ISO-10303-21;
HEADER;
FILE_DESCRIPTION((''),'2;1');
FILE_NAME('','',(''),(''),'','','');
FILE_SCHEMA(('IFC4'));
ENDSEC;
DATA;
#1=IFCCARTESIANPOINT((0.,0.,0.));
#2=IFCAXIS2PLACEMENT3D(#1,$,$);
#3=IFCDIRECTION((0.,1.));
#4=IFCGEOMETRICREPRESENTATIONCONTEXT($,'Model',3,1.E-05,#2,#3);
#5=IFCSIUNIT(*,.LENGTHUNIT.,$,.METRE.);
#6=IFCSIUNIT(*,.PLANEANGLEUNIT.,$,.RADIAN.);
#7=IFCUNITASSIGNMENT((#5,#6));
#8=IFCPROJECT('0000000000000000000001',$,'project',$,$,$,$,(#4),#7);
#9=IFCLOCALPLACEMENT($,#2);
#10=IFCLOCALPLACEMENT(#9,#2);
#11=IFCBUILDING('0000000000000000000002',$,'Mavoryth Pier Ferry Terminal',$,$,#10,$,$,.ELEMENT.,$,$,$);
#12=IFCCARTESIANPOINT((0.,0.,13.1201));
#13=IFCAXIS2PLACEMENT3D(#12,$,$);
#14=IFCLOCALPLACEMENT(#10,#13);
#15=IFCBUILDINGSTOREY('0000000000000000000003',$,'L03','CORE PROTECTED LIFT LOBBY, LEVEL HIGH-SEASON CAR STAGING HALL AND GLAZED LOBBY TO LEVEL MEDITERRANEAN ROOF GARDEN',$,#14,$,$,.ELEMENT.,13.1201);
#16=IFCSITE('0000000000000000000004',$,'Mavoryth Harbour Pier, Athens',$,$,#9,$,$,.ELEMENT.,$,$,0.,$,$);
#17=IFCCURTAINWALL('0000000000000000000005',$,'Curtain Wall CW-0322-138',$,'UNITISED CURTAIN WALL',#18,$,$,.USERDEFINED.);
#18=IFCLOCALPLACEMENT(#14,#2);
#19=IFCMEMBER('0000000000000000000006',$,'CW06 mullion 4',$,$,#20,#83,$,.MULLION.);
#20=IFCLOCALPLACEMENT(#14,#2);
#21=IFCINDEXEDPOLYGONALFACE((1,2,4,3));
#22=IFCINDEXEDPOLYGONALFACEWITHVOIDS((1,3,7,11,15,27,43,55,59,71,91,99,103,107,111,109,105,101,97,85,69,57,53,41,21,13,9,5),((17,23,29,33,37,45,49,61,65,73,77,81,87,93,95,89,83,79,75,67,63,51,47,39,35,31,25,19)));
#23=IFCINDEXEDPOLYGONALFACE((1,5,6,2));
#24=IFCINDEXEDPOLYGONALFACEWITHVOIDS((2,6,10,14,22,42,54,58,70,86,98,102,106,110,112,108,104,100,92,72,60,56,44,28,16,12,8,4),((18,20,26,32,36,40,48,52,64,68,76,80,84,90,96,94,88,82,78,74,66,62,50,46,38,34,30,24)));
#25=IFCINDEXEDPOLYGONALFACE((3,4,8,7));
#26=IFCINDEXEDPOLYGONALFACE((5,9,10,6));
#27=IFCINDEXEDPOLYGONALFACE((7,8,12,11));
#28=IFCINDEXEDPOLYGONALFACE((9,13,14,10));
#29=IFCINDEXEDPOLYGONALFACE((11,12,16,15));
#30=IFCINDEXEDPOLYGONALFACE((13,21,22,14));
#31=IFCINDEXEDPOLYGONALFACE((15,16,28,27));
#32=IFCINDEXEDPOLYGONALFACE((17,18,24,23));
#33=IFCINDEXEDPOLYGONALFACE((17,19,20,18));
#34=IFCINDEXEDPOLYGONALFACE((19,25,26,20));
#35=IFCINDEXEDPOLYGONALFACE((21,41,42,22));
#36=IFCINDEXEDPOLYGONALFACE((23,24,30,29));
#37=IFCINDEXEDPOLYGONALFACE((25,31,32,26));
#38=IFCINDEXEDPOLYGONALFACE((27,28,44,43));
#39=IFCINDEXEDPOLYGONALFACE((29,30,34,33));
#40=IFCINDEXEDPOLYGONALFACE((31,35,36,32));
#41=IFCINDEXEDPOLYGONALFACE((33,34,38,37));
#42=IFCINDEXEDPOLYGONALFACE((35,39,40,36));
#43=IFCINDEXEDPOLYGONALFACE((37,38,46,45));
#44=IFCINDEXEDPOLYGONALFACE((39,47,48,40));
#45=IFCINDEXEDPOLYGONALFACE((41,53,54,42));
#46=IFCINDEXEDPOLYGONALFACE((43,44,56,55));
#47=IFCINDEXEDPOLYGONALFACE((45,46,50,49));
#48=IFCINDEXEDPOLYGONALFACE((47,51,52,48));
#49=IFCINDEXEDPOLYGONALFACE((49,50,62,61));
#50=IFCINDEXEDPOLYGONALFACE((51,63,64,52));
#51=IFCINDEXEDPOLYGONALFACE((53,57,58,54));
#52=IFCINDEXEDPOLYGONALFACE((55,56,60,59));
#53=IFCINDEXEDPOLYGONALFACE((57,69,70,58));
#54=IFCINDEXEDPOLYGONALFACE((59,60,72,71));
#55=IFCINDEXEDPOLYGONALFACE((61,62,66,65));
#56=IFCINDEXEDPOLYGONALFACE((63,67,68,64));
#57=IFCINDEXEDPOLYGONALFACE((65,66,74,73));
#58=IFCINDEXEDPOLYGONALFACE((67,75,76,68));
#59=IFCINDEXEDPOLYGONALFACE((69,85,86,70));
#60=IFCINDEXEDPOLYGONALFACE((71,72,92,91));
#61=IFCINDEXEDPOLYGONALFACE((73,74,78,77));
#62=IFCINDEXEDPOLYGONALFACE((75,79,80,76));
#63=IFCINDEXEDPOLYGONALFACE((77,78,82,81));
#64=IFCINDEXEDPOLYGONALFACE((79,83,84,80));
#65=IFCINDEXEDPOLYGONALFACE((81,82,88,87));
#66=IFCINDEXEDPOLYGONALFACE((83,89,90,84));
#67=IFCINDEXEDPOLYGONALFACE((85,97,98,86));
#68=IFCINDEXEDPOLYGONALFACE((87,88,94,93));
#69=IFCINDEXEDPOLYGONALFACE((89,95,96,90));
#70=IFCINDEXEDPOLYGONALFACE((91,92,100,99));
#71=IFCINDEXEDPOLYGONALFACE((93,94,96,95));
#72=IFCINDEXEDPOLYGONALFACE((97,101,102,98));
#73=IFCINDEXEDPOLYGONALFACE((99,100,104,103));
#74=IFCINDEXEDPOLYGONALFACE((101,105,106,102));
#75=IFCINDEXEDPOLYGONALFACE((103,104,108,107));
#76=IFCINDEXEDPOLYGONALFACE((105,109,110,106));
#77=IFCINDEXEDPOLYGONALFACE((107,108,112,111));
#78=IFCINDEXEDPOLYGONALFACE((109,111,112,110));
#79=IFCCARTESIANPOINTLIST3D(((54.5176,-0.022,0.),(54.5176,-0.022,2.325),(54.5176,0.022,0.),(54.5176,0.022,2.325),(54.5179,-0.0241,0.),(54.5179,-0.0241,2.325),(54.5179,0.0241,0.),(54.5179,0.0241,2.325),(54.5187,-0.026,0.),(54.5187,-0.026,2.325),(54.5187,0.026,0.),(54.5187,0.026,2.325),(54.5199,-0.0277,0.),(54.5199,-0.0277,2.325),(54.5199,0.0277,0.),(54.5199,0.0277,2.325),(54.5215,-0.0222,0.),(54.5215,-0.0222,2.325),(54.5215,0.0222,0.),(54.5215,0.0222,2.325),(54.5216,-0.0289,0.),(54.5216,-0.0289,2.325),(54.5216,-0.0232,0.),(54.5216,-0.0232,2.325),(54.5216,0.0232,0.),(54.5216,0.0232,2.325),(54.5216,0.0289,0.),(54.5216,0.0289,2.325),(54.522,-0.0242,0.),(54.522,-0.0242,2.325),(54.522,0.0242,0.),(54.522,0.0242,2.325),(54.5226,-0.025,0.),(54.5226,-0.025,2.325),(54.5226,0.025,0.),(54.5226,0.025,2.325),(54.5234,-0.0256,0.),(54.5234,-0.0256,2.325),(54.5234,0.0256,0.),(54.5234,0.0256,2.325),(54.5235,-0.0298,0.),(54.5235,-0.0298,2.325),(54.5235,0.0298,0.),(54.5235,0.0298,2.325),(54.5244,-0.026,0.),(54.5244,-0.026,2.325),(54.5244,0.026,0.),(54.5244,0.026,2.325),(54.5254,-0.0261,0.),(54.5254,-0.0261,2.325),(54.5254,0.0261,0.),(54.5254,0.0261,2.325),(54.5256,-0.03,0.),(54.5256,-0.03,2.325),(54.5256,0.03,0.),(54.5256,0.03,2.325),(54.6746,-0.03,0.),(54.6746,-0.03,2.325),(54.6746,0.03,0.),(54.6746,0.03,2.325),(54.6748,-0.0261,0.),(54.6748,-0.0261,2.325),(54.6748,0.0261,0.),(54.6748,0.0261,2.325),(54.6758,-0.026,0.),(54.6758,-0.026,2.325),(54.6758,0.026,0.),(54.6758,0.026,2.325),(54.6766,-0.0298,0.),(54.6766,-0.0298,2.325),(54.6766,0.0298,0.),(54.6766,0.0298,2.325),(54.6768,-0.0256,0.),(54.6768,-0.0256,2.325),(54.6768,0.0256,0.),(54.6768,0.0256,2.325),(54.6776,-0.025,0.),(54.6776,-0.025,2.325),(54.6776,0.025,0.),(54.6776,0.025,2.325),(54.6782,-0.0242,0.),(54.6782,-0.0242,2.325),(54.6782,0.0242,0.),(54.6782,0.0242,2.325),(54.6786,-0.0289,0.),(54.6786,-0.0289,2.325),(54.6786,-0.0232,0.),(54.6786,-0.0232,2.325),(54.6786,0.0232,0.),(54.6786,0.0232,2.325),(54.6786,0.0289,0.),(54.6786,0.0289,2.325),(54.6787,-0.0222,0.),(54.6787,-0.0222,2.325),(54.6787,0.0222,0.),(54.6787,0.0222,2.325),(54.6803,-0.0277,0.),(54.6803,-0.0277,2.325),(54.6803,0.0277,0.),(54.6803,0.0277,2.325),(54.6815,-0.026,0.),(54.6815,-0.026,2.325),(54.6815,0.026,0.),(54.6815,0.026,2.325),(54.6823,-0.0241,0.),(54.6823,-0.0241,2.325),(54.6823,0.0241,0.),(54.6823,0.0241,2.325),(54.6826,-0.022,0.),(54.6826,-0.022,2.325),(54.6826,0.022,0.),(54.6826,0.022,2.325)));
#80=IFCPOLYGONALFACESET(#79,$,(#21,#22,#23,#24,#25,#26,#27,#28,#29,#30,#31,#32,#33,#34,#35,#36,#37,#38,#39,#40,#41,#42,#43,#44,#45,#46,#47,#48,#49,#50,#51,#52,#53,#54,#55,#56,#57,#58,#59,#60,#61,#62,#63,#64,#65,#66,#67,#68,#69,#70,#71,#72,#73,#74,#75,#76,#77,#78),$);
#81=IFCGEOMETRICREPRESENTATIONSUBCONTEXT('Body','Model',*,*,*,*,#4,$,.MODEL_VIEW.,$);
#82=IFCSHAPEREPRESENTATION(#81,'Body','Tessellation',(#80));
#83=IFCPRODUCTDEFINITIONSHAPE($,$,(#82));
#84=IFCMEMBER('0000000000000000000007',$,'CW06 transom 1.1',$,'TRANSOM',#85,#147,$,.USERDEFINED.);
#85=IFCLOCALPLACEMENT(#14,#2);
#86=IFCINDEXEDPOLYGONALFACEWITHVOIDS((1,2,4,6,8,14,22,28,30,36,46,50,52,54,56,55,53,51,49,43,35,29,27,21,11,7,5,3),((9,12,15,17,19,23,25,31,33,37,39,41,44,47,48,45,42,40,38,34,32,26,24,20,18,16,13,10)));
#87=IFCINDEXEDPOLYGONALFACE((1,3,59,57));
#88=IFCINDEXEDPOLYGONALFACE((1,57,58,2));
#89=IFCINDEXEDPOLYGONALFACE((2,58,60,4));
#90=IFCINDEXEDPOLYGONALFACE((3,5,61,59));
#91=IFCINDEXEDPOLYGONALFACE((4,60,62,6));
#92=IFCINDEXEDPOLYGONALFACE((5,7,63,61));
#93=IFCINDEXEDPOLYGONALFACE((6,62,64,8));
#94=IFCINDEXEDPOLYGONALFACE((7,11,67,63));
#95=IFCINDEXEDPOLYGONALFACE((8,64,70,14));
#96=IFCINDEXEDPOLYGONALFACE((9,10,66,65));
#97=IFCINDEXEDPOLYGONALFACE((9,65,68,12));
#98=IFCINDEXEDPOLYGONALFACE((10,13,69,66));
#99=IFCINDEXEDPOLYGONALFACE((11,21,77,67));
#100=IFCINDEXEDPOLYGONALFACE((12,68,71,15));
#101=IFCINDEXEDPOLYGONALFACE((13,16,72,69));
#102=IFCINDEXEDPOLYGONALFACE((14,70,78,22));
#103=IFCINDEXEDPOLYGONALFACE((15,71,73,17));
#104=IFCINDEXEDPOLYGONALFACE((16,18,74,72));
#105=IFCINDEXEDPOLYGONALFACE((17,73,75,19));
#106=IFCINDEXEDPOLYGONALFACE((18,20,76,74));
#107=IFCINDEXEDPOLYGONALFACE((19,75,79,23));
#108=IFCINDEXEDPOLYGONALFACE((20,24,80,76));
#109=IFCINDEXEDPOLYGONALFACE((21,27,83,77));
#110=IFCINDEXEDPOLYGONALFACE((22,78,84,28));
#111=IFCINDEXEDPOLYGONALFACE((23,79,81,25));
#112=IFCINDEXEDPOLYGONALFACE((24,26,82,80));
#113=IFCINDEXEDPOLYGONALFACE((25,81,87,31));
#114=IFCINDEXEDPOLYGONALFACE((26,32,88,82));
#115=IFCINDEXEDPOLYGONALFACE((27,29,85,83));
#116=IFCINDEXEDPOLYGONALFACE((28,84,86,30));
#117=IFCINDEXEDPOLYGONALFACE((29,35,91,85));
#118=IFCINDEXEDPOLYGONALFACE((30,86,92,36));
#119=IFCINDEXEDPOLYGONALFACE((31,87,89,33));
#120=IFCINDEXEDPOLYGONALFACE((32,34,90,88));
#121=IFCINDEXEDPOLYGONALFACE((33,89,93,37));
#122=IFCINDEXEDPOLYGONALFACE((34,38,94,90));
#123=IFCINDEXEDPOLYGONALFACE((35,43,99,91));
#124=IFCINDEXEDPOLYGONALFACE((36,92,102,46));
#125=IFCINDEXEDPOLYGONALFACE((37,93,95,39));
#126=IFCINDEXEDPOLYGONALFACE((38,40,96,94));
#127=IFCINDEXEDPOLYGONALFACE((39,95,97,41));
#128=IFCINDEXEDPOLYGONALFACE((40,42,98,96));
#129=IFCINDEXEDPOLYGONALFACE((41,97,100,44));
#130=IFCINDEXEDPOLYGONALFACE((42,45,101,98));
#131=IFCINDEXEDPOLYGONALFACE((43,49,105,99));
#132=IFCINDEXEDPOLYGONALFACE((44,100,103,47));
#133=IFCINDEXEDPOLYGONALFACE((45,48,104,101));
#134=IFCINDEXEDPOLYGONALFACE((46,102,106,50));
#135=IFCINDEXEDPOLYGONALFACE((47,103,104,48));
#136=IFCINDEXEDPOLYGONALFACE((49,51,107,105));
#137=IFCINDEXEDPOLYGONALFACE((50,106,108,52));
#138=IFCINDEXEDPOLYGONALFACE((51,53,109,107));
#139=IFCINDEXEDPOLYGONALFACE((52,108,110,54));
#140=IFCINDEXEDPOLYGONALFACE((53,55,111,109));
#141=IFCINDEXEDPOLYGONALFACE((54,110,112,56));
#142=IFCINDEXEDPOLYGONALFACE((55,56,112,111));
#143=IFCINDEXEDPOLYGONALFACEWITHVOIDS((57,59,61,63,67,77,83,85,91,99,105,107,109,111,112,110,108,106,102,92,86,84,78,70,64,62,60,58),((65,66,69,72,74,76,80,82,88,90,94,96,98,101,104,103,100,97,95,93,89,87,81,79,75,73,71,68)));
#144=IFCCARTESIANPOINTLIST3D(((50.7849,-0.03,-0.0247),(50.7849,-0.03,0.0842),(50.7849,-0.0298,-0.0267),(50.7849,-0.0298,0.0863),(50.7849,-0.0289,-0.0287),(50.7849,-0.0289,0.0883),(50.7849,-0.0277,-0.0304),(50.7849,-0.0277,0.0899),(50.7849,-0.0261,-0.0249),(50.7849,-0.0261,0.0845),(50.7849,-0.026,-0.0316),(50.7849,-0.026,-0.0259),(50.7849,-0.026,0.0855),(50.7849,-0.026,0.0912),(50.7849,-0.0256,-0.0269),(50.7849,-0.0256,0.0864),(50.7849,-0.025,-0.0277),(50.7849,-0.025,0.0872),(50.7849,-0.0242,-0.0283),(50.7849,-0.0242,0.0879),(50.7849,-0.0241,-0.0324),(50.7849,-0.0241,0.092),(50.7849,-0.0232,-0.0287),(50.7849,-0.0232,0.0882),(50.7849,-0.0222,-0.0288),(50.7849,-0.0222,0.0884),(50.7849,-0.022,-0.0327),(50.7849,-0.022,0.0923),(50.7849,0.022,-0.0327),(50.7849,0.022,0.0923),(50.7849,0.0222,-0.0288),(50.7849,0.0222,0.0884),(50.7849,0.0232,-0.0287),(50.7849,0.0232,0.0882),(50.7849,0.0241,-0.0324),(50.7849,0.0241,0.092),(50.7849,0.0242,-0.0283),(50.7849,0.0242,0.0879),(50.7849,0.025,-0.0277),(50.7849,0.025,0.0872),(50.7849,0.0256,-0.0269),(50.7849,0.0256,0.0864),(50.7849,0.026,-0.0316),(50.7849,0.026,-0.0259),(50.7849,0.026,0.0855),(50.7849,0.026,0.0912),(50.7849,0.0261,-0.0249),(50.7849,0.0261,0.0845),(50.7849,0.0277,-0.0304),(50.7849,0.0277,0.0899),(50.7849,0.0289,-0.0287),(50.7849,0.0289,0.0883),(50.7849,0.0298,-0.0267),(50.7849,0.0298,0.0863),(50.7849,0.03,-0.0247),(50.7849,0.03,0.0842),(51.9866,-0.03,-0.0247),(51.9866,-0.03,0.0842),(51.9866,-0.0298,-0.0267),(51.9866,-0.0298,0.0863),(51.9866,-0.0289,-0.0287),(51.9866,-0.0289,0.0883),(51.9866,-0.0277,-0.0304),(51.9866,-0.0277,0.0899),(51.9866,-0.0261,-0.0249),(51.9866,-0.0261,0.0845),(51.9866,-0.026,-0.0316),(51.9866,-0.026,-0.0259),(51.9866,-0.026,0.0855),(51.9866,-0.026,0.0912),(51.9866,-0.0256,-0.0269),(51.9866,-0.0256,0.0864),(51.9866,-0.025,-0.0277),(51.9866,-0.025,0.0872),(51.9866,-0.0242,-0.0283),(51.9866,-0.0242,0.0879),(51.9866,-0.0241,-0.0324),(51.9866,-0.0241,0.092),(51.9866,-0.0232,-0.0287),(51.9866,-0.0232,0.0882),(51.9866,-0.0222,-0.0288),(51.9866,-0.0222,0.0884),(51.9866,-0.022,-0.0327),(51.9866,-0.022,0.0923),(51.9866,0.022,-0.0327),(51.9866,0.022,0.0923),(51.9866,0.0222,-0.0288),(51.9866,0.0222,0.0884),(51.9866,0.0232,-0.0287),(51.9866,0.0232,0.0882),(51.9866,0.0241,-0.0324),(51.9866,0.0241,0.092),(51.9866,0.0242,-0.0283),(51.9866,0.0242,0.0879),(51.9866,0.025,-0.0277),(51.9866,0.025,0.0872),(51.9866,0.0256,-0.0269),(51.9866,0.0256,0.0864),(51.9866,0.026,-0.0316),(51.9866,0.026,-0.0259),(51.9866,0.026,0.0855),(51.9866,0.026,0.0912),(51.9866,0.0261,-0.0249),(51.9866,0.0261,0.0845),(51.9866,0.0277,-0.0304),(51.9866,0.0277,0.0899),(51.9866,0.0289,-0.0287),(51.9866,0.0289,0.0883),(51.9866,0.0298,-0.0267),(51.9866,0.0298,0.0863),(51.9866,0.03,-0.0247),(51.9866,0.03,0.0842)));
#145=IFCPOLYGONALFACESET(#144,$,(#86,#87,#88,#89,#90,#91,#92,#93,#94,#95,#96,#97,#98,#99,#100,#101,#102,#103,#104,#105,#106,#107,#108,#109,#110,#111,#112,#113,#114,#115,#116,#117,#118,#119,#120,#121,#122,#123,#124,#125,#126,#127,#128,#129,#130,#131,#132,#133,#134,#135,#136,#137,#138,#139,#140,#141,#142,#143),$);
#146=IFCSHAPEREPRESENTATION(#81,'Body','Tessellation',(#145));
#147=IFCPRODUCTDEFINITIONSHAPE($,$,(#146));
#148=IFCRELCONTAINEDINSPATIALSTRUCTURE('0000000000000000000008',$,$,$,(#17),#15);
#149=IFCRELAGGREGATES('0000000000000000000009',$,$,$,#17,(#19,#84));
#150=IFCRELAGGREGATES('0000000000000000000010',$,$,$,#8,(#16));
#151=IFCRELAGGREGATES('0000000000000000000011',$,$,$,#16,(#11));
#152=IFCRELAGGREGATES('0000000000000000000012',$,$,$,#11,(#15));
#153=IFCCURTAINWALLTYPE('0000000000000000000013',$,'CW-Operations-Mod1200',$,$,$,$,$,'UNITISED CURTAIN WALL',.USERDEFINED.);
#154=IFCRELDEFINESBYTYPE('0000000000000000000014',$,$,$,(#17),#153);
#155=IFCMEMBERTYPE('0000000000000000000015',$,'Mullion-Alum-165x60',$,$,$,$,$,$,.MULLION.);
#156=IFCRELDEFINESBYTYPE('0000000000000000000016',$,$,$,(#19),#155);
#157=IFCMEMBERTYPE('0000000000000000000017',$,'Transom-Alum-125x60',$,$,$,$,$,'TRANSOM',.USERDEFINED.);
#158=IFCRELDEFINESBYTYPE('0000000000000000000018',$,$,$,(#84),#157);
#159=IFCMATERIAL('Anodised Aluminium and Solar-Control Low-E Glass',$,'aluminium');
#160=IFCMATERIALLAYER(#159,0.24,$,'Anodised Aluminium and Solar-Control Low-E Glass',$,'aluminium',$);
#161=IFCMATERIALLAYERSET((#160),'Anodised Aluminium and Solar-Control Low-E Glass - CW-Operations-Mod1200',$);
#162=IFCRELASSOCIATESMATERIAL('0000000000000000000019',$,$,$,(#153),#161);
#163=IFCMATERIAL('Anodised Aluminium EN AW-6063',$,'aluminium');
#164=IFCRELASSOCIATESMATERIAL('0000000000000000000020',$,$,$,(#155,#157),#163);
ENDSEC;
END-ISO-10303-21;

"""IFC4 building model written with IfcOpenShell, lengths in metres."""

from ifc_helpers import new_model, si_unit, direction, frame, origin, origin_2d, place, context, subcontext, project, spatial, hollow_rectangle, extrude, material, layer, layer_set, material_profile, profile_set, type_object, element, aggregate, save


model = new_model("IFC4")

# Units and contexts
model_context = context("Model", 3, precision=1e-05, world=origin(), true_north=direction((0.0, 1.0)))
body_context = subcontext(model_context, "Body", "Model", "MODEL_VIEW")
ifc_project = project(units=[si_unit("LENGTHUNIT", "METRE"), si_unit("PLANEANGLEUNIT", "RADIAN")], contexts=[model_context])

# Site, building, storey
site_placement = place(None, origin())
site = spatial("IfcSite", under=ifc_project, at=site_placement, Name="Mavoryth Harbour Pier, Athens", CompositionType="ELEMENT", RefElevation=0.0)
building_placement = place(site_placement, origin())
building = spatial("IfcBuilding", under=site, at=building_placement, Name="Mavoryth Pier Ferry Terminal", CompositionType="ELEMENT")
storey_placement = place(building_placement, frame((0.0, 0.0, 13.1201)))
storey = spatial("IfcBuildingStorey", under=building, at=storey_placement, Name="L03", Description="CORE PROTECTED LIFT LOBBY, LEVEL HIGH-SEASON CAR STAGING HALL AND GLAZED LOBBY TO LEVEL MEDITERRANEAN ROOF GARDEN", CompositionType="ELEMENT", Elevation=13.1201)

# Curtain wall, members
ifc_material_1 = material(Name="Anodised Aluminium and Solar-Control Low-E Glass", Category="aluminium")
ifc_layer_1 = layer(ifc_material_1, 0.24, Name="Anodised Aluminium and Solar-Control Low-E Glass", Category="aluminium")
ifc_layer_set_1 = layer_set([ifc_layer_1], Name="Anodised Aluminium and Solar-Control Low-E Glass - CW-Operations-Mod1200")
curtain_wall_type = type_object("IfcCurtainWallType", Name="CW-Operations-Mod1200", ElementType="UNITISED CURTAIN WALL", PredefinedType="USERDEFINED", material=ifc_layer_set_1)
curtain_wall_placement = place(storey_placement, origin())
curtain_wall = element("IfcCurtainWall", 1, at=curtain_wall_placement, inside=storey, type_object=curtain_wall_type, Name="Curtain Wall CW-0322-138", ObjectType="UNITISED CURTAIN WALL", PredefinedType="USERDEFINED")
ifc_material_2 = material(Name="Anodised Aluminium EN AW-6063", Category="aluminium")
ifc_material_profile_1 = material_profile(ifc_material_2, hollow_rectangle(XDim=0.0601, YDim=0.165, WallThickness=0.0039, InnerFilletRadius=0.0039, OuterFilletRadius=0.0081, at=origin_2d()), Name="AL-MULL 165x60x4", Category="aluminium")
ifc_profile_set_1 = profile_set([ifc_material_profile_1], Name="Anodised Aluminium EN AW-6063 - AL-MULL 165x60x4")
member_type_1 = type_object("IfcMemberType", Name="Mullion-Alum-165x60", PredefinedType="MULLION", material=ifc_profile_set_1)
member_1_placement = place(storey_placement, frame((54.6001, 0.0, 0.0), z_axis=(0.0, 0.0, 1.0), x_axis=(0.0, 1.0, 0.0)))
member_1 = element("IfcMember", 2, at=member_1_placement, type_object=member_type_1, Name="CW06 mullion 4", PredefinedType="MULLION", context=body_context, shape_type="SweptSolid", body=[
    extrude(hollow_rectangle(XDim=0.0601, YDim=0.165, WallThickness=0.0039, InnerFilletRadius=0.0039, OuterFilletRadius=0.0081, at=origin_2d()), origin(), (0.0, 0.0, 1.0), 2.325),
])
ifc_material_profile_2 = material_profile(ifc_material_2, hollow_rectangle(XDim=0.0601, YDim=0.125, WallThickness=0.0039, InnerFilletRadius=0.0039, OuterFilletRadius=0.0081, at=origin_2d()), Name="AL-TRAN 125x60x4", Category="aluminium")
ifc_profile_set_2 = profile_set([ifc_material_profile_2], Name="Anodised Aluminium EN AW-6063 - AL-TRAN 125x60x4")
member_type_2 = type_object("IfcMemberType", Name="Transom-Alum-125x60", ElementType="TRANSOM", PredefinedType="USERDEFINED", material=ifc_profile_set_2)
member_2_placement = place(storey_placement, frame((50.7849, 0.0, 0.0298), z_axis=(1.0, 0.0, 0.0), x_axis=(0.0, 1.0, 0.0)))
member_2 = element("IfcMember", 3, at=member_2_placement, type_object=member_type_2, Name="CW06 transom 1.1", ObjectType="TRANSOM", PredefinedType="USERDEFINED", context=body_context, shape_type="SweptSolid", body=[
    extrude(hollow_rectangle(XDim=0.0601, YDim=0.125, WallThickness=0.0039, InnerFilletRadius=0.0039, OuterFilletRadius=0.0081, at=origin_2d()), origin(), (0.0, 0.0, 1.0), 1.2017),
])
aggregate(curtain_wall, [member_1, member_2])

save(model, "model.ifc")
